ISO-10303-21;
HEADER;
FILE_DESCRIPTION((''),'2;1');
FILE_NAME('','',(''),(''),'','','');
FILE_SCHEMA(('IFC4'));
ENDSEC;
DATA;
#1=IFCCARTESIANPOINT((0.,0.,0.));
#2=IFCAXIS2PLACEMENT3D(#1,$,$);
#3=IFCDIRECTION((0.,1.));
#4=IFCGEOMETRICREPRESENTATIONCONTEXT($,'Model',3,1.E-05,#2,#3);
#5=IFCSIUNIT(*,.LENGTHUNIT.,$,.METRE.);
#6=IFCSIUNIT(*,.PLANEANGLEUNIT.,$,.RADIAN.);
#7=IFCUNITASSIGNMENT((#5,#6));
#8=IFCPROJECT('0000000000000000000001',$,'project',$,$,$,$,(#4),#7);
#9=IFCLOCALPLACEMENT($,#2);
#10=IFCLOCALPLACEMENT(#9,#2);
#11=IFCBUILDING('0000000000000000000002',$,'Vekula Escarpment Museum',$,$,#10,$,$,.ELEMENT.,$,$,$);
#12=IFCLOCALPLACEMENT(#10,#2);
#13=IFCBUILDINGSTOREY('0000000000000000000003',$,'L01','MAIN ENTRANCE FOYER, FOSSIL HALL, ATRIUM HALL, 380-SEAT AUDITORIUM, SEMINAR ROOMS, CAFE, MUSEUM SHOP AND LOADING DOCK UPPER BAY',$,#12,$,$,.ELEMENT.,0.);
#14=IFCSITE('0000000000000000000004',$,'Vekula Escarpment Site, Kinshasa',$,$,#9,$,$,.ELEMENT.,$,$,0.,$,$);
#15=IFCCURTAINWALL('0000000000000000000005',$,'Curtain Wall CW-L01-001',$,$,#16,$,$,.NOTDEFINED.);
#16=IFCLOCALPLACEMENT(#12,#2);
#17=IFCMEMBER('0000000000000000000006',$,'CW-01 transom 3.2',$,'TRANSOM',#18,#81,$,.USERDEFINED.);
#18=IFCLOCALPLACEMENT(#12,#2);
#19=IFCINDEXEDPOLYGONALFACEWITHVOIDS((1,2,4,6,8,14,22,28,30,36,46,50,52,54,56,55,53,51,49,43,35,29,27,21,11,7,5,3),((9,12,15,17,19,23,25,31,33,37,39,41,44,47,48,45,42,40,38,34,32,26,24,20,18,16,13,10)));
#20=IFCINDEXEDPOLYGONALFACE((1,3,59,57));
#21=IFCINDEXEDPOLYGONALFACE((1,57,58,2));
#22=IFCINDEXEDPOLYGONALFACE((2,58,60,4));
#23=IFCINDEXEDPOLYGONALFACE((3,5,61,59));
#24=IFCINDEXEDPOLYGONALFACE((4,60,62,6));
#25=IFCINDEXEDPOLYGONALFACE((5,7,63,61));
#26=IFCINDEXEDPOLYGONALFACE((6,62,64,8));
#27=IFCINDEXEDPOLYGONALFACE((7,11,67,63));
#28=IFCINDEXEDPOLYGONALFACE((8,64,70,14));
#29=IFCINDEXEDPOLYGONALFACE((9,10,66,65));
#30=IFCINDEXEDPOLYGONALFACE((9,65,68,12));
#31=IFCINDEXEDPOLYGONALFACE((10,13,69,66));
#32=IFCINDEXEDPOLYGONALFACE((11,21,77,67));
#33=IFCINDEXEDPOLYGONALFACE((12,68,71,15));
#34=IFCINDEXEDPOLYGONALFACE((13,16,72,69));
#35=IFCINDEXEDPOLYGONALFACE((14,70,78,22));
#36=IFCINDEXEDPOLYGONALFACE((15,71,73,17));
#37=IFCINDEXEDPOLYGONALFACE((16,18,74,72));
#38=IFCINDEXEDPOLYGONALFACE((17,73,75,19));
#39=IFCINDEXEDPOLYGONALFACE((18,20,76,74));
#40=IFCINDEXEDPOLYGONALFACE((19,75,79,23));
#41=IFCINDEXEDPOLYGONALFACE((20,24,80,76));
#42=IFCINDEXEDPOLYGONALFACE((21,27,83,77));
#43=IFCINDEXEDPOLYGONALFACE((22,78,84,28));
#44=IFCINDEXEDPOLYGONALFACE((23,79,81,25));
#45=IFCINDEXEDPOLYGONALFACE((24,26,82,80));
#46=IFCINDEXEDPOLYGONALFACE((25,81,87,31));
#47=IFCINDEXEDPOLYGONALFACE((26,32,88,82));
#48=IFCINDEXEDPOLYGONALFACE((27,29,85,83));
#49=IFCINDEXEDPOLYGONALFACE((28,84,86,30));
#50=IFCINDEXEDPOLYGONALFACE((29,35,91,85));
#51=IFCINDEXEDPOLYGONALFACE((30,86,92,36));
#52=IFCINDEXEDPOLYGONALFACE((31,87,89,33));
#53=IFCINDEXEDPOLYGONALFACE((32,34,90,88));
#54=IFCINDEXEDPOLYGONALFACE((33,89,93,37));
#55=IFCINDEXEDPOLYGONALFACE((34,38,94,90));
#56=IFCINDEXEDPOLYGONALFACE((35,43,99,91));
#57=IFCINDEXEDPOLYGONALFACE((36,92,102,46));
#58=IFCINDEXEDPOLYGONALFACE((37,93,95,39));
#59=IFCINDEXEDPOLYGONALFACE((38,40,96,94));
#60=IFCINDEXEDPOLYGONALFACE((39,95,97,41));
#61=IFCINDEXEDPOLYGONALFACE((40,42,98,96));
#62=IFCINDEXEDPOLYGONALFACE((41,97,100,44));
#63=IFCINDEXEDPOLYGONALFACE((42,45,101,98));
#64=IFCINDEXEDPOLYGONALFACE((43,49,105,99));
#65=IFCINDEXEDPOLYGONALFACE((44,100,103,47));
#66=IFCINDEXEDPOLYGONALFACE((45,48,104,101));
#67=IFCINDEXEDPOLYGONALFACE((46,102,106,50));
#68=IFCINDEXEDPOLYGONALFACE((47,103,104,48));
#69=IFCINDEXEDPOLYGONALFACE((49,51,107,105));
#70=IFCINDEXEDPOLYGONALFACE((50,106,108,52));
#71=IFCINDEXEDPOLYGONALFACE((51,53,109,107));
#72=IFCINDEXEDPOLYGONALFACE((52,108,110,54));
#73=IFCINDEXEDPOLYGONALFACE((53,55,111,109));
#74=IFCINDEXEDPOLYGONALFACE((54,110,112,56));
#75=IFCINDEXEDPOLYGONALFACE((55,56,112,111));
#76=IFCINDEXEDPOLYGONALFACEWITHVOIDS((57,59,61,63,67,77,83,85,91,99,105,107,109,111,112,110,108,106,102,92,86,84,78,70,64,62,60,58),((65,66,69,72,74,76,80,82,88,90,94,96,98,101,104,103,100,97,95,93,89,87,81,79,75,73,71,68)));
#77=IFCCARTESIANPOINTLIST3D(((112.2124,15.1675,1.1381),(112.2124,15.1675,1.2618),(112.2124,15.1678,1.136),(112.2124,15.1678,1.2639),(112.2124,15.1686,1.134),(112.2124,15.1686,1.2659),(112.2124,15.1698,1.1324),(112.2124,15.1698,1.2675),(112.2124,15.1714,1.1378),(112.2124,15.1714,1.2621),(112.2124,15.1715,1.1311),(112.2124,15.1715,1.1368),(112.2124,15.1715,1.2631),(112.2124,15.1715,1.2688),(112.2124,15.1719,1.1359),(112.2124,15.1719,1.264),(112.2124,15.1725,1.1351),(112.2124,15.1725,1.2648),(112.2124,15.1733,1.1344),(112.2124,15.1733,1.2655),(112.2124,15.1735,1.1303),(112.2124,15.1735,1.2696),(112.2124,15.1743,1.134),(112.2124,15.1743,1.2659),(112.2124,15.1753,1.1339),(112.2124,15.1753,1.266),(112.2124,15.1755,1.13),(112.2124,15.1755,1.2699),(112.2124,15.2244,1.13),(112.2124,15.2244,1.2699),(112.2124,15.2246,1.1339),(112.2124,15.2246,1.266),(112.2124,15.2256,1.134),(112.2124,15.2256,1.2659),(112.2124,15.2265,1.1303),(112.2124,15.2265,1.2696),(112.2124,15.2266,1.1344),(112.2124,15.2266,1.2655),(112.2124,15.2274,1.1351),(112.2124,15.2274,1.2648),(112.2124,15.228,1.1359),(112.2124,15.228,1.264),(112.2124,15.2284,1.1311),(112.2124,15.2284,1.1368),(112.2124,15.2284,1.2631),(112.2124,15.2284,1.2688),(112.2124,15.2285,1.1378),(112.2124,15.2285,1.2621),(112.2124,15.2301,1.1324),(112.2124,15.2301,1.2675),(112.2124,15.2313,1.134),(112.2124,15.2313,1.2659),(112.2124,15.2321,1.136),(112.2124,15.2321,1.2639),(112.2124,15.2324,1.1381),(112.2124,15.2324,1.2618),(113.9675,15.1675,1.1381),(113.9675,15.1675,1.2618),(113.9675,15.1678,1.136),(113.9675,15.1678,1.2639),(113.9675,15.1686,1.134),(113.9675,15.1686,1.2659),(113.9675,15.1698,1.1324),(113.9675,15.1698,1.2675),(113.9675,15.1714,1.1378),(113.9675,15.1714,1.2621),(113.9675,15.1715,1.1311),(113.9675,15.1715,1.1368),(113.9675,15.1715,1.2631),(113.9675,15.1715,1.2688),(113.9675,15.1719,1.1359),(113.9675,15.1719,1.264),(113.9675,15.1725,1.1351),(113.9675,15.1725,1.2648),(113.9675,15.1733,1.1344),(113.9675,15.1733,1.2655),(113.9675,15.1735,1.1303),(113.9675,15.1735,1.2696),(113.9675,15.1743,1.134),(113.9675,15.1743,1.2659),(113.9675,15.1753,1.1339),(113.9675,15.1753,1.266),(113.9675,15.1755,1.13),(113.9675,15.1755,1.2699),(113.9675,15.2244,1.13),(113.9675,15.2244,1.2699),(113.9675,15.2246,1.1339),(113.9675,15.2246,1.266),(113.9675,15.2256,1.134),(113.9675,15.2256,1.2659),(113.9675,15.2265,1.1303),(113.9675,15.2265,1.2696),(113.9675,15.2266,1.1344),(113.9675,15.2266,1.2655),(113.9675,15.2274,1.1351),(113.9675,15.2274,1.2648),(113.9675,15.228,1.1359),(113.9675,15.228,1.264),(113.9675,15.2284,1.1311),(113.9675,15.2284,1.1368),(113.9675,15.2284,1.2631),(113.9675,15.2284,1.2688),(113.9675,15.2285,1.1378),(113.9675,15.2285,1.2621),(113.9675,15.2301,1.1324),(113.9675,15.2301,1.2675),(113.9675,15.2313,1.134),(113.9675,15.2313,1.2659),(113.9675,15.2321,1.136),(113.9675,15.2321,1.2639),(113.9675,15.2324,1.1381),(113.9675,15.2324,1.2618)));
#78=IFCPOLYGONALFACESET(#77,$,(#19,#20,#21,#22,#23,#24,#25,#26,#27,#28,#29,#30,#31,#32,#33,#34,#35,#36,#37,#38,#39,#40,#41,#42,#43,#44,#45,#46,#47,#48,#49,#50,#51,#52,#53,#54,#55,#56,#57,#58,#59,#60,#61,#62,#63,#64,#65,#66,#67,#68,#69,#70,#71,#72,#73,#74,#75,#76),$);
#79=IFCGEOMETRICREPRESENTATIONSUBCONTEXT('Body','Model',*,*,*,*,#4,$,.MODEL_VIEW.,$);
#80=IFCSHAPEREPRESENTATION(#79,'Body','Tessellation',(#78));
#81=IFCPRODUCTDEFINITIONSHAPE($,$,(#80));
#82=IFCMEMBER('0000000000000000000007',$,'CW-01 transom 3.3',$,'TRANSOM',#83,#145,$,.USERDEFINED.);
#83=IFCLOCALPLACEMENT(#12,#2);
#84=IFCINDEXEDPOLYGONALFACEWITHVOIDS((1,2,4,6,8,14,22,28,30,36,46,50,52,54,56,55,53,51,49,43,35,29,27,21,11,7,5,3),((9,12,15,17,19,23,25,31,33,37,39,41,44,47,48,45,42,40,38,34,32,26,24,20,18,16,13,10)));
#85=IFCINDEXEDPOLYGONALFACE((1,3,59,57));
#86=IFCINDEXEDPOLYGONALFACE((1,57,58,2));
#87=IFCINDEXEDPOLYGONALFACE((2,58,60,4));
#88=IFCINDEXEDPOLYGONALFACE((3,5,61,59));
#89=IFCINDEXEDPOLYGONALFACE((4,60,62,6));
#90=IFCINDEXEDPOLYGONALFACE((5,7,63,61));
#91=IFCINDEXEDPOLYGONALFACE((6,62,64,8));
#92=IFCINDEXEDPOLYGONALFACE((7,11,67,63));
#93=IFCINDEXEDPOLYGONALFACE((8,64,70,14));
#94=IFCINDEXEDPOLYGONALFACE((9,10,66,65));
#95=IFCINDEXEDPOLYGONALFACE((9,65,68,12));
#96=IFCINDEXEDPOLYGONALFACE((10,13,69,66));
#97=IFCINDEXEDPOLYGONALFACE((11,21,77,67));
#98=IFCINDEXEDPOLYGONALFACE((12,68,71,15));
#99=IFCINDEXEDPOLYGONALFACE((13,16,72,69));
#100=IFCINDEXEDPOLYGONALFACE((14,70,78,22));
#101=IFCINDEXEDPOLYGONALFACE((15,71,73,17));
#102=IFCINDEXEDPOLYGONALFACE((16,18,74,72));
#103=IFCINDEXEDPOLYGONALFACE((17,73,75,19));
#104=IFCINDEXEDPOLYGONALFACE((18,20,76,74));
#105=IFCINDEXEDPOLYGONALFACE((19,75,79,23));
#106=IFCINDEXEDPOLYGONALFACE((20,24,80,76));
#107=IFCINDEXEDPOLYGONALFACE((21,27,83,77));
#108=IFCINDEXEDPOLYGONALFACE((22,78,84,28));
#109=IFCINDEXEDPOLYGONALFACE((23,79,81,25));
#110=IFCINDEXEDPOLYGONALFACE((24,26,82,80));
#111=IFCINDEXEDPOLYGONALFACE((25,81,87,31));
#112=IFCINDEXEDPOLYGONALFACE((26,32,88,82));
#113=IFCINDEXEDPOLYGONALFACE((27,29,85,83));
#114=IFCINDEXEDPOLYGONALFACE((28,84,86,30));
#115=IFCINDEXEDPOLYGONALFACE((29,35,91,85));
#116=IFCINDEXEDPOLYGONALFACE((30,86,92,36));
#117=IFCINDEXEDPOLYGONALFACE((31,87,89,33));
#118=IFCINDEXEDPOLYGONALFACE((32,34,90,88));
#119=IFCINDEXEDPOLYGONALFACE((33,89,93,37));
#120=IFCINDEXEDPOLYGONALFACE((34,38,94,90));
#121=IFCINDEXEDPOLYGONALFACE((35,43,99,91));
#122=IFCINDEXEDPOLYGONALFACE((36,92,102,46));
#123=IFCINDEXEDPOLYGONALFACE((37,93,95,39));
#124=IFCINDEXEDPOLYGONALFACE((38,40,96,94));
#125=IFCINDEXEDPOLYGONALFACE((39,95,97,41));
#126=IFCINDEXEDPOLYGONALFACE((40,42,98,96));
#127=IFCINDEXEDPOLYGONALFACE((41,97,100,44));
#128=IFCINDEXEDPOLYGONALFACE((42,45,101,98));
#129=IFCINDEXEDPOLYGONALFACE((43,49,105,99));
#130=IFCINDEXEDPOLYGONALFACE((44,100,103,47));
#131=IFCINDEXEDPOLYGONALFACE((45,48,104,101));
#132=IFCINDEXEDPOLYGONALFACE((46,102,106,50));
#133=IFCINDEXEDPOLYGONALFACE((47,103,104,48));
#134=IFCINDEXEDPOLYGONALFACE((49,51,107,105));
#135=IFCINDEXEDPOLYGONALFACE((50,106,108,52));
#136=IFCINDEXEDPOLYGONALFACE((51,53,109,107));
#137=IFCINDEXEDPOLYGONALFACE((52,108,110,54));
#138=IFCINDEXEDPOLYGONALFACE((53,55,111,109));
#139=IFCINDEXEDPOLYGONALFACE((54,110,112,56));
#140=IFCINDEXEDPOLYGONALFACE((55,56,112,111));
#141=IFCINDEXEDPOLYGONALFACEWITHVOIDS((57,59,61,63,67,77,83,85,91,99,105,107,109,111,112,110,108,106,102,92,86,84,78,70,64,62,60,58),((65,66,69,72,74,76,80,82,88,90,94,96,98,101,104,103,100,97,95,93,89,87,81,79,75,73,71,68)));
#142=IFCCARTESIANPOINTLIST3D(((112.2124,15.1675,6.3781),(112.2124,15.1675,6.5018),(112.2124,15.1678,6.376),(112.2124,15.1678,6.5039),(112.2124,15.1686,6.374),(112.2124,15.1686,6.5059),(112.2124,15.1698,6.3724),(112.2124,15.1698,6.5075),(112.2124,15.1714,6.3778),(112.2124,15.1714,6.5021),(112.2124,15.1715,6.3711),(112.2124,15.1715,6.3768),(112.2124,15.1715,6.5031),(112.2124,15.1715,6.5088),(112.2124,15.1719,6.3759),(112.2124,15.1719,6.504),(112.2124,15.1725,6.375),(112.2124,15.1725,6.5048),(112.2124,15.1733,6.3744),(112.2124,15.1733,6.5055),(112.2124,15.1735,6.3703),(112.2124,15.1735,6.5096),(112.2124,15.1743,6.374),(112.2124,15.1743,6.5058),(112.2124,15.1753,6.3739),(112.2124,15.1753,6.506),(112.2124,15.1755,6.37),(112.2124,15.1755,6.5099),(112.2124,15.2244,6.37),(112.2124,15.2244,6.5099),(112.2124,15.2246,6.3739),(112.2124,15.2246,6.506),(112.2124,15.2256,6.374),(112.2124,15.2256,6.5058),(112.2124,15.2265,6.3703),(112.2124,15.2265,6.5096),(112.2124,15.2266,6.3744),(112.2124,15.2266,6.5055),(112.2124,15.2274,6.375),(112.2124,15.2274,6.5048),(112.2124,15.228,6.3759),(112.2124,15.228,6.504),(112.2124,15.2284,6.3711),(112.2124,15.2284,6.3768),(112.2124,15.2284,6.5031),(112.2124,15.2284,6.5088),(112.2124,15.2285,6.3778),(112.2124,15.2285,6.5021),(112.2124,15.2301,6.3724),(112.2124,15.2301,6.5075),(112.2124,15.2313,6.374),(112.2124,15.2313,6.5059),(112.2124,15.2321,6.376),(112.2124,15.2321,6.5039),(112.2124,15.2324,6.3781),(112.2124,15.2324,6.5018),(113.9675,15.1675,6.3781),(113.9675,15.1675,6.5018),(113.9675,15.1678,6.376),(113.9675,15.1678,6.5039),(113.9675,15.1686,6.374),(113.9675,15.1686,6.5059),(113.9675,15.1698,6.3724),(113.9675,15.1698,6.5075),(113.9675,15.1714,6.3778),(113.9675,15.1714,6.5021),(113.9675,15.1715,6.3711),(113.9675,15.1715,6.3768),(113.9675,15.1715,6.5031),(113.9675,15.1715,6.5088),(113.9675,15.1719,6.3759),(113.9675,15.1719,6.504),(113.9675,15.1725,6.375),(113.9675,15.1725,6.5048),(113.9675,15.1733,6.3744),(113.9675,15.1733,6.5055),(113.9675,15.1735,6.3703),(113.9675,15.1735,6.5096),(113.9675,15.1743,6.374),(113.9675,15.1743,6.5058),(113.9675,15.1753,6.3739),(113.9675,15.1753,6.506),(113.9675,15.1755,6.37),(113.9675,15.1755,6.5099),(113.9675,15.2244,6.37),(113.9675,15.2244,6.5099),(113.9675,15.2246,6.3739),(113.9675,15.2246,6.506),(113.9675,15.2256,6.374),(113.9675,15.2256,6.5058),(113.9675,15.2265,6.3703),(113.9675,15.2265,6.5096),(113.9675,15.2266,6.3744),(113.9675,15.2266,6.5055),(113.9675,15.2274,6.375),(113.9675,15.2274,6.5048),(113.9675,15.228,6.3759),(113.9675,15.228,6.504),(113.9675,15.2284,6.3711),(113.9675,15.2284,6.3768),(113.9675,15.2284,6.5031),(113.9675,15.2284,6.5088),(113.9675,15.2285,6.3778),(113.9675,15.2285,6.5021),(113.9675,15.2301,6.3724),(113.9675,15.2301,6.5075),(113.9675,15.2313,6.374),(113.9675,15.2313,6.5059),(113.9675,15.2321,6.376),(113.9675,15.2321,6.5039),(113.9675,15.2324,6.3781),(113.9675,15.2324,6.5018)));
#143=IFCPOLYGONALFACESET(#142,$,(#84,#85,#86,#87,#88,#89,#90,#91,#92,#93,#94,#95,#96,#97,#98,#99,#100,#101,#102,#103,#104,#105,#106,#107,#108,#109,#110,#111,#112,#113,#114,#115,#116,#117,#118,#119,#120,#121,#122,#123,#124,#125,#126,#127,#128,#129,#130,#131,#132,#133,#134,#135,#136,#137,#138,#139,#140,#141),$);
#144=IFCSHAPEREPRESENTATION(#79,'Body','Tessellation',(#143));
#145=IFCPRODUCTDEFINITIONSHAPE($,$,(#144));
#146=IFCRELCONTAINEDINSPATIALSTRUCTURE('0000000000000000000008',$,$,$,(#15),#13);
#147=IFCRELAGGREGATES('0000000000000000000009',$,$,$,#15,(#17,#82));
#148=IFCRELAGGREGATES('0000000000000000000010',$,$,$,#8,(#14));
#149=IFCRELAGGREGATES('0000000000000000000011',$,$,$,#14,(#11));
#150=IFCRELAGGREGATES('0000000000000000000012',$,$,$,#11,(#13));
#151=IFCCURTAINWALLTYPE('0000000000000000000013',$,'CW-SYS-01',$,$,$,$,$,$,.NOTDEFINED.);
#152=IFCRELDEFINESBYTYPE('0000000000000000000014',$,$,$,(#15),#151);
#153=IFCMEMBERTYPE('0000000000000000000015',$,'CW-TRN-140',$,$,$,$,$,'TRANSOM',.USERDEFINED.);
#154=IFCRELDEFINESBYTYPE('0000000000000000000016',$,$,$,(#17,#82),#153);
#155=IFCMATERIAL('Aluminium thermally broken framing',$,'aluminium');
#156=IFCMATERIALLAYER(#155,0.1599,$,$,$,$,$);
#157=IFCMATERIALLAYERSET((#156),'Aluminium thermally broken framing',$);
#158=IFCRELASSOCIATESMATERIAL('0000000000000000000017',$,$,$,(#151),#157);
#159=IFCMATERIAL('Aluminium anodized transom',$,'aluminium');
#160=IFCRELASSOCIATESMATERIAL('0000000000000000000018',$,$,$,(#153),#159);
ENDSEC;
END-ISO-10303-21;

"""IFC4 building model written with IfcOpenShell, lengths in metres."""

from ifc_helpers import new_model, si_unit, direction, frame, origin, origin_2d, place, context, subcontext, project, spatial, hollow_rectangle, extrude, material, layer, layer_set, material_profile, profile_set, type_object, element, aggregate, save


model = new_model("IFC4")

# Units and contexts
model_context = context("Model", 3, precision=1e-05, world=origin(), true_north=direction((0.0, 1.0)))
body_context = subcontext(model_context, "Body", "Model", "MODEL_VIEW")
ifc_project = project(units=[si_unit("LENGTHUNIT", "METRE"), si_unit("PLANEANGLEUNIT", "RADIAN")], contexts=[model_context])

# Site, building, storey
site_placement = place(None, origin())
site = spatial("IfcSite", under=ifc_project, at=site_placement, Name="Vekula Escarpment Site, Kinshasa", CompositionType="ELEMENT", RefElevation=0.0)
building_placement = place(site_placement, origin())
building = spatial("IfcBuilding", under=site, at=building_placement, Name="Vekula Escarpment Museum", CompositionType="ELEMENT")
storey_placement = place(building_placement, origin())
storey = spatial("IfcBuildingStorey", under=building, at=storey_placement, Name="L01", Description="MAIN ENTRANCE FOYER, FOSSIL HALL, ATRIUM HALL, 380-SEAT AUDITORIUM, SEMINAR ROOMS, CAFE, MUSEUM SHOP AND LOADING DOCK UPPER BAY", CompositionType="ELEMENT", Elevation=0.0)

# Curtain wall, members
ifc_material_1 = material(Name="Aluminium thermally broken framing", Category="aluminium")
ifc_layer_1 = layer(ifc_material_1, 0.1599)
ifc_layer_set_1 = layer_set([ifc_layer_1], Name="Aluminium thermally broken framing")
curtain_wall_type = type_object("IfcCurtainWallType", Name="CW-SYS-01", PredefinedType="NOTDEFINED", material=ifc_layer_set_1)
curtain_wall_placement = place(storey_placement, origin())
curtain_wall = element("IfcCurtainWall", 1, at=curtain_wall_placement, inside=storey, type_object=curtain_wall_type, Name="Curtain Wall CW-L01-001", PredefinedType="NOTDEFINED")
ifc_material_2 = material(Name="Aluminium anodized transom", Category="aluminium")
ifc_material_profile_1 = material_profile(ifc_material_2, hollow_rectangle(XDim=0.0649, YDim=0.1399, WallThickness=0.0039, InnerFilletRadius=0.0039, OuterFilletRadius=0.0081, at=origin_2d()), Name="ALU 140x65x4")
ifc_profile_set_1 = profile_set([ifc_material_profile_1], Name="Aluminium anodized transom")
member_type_1 = type_object("IfcMemberType", Name="CW-TRN-140", ElementType="TRANSOM", PredefinedType="USERDEFINED", material=ifc_profile_set_1)
member_1_placement = place(storey_placement, frame((113.9675, 15.2, 1.2), z_axis=(-1.0, 0.0, 0.0), x_axis=(0.0, -1.0, 0.0)))
member_1 = element("IfcMember", 2, at=member_1_placement, type_object=member_type_1, Name="CW-01 transom 3.2", ObjectType="TRANSOM", PredefinedType="USERDEFINED", context=body_context, shape_type="SweptSolid", body=[
    extrude(hollow_rectangle(XDim=0.0649, YDim=0.1399, WallThickness=0.0039, InnerFilletRadius=0.0039, OuterFilletRadius=0.0081, at=origin_2d()), origin(), (0.0, 0.0, 1.0), 1.7551),
])
member_2_placement = place(storey_placement, frame((113.9675, 15.2, 6.4399), z_axis=(-1.0, 0.0, 0.0), x_axis=(0.0, -1.0, 0.0)))
member_2 = element("IfcMember", 3, at=member_2_placement, type_object=member_type_1, Name="CW-01 transom 3.3", ObjectType="TRANSOM", PredefinedType="USERDEFINED", context=body_context, shape_type="SweptSolid", body=[
    extrude(hollow_rectangle(XDim=0.0649, YDim=0.1399, WallThickness=0.0039, InnerFilletRadius=0.0039, OuterFilletRadius=0.0081, at=origin_2d()), origin(), (0.0, 0.0, 1.0), 1.7551),
])
aggregate(curtain_wall, [member_1, member_2])

save(model, "model.ifc")
